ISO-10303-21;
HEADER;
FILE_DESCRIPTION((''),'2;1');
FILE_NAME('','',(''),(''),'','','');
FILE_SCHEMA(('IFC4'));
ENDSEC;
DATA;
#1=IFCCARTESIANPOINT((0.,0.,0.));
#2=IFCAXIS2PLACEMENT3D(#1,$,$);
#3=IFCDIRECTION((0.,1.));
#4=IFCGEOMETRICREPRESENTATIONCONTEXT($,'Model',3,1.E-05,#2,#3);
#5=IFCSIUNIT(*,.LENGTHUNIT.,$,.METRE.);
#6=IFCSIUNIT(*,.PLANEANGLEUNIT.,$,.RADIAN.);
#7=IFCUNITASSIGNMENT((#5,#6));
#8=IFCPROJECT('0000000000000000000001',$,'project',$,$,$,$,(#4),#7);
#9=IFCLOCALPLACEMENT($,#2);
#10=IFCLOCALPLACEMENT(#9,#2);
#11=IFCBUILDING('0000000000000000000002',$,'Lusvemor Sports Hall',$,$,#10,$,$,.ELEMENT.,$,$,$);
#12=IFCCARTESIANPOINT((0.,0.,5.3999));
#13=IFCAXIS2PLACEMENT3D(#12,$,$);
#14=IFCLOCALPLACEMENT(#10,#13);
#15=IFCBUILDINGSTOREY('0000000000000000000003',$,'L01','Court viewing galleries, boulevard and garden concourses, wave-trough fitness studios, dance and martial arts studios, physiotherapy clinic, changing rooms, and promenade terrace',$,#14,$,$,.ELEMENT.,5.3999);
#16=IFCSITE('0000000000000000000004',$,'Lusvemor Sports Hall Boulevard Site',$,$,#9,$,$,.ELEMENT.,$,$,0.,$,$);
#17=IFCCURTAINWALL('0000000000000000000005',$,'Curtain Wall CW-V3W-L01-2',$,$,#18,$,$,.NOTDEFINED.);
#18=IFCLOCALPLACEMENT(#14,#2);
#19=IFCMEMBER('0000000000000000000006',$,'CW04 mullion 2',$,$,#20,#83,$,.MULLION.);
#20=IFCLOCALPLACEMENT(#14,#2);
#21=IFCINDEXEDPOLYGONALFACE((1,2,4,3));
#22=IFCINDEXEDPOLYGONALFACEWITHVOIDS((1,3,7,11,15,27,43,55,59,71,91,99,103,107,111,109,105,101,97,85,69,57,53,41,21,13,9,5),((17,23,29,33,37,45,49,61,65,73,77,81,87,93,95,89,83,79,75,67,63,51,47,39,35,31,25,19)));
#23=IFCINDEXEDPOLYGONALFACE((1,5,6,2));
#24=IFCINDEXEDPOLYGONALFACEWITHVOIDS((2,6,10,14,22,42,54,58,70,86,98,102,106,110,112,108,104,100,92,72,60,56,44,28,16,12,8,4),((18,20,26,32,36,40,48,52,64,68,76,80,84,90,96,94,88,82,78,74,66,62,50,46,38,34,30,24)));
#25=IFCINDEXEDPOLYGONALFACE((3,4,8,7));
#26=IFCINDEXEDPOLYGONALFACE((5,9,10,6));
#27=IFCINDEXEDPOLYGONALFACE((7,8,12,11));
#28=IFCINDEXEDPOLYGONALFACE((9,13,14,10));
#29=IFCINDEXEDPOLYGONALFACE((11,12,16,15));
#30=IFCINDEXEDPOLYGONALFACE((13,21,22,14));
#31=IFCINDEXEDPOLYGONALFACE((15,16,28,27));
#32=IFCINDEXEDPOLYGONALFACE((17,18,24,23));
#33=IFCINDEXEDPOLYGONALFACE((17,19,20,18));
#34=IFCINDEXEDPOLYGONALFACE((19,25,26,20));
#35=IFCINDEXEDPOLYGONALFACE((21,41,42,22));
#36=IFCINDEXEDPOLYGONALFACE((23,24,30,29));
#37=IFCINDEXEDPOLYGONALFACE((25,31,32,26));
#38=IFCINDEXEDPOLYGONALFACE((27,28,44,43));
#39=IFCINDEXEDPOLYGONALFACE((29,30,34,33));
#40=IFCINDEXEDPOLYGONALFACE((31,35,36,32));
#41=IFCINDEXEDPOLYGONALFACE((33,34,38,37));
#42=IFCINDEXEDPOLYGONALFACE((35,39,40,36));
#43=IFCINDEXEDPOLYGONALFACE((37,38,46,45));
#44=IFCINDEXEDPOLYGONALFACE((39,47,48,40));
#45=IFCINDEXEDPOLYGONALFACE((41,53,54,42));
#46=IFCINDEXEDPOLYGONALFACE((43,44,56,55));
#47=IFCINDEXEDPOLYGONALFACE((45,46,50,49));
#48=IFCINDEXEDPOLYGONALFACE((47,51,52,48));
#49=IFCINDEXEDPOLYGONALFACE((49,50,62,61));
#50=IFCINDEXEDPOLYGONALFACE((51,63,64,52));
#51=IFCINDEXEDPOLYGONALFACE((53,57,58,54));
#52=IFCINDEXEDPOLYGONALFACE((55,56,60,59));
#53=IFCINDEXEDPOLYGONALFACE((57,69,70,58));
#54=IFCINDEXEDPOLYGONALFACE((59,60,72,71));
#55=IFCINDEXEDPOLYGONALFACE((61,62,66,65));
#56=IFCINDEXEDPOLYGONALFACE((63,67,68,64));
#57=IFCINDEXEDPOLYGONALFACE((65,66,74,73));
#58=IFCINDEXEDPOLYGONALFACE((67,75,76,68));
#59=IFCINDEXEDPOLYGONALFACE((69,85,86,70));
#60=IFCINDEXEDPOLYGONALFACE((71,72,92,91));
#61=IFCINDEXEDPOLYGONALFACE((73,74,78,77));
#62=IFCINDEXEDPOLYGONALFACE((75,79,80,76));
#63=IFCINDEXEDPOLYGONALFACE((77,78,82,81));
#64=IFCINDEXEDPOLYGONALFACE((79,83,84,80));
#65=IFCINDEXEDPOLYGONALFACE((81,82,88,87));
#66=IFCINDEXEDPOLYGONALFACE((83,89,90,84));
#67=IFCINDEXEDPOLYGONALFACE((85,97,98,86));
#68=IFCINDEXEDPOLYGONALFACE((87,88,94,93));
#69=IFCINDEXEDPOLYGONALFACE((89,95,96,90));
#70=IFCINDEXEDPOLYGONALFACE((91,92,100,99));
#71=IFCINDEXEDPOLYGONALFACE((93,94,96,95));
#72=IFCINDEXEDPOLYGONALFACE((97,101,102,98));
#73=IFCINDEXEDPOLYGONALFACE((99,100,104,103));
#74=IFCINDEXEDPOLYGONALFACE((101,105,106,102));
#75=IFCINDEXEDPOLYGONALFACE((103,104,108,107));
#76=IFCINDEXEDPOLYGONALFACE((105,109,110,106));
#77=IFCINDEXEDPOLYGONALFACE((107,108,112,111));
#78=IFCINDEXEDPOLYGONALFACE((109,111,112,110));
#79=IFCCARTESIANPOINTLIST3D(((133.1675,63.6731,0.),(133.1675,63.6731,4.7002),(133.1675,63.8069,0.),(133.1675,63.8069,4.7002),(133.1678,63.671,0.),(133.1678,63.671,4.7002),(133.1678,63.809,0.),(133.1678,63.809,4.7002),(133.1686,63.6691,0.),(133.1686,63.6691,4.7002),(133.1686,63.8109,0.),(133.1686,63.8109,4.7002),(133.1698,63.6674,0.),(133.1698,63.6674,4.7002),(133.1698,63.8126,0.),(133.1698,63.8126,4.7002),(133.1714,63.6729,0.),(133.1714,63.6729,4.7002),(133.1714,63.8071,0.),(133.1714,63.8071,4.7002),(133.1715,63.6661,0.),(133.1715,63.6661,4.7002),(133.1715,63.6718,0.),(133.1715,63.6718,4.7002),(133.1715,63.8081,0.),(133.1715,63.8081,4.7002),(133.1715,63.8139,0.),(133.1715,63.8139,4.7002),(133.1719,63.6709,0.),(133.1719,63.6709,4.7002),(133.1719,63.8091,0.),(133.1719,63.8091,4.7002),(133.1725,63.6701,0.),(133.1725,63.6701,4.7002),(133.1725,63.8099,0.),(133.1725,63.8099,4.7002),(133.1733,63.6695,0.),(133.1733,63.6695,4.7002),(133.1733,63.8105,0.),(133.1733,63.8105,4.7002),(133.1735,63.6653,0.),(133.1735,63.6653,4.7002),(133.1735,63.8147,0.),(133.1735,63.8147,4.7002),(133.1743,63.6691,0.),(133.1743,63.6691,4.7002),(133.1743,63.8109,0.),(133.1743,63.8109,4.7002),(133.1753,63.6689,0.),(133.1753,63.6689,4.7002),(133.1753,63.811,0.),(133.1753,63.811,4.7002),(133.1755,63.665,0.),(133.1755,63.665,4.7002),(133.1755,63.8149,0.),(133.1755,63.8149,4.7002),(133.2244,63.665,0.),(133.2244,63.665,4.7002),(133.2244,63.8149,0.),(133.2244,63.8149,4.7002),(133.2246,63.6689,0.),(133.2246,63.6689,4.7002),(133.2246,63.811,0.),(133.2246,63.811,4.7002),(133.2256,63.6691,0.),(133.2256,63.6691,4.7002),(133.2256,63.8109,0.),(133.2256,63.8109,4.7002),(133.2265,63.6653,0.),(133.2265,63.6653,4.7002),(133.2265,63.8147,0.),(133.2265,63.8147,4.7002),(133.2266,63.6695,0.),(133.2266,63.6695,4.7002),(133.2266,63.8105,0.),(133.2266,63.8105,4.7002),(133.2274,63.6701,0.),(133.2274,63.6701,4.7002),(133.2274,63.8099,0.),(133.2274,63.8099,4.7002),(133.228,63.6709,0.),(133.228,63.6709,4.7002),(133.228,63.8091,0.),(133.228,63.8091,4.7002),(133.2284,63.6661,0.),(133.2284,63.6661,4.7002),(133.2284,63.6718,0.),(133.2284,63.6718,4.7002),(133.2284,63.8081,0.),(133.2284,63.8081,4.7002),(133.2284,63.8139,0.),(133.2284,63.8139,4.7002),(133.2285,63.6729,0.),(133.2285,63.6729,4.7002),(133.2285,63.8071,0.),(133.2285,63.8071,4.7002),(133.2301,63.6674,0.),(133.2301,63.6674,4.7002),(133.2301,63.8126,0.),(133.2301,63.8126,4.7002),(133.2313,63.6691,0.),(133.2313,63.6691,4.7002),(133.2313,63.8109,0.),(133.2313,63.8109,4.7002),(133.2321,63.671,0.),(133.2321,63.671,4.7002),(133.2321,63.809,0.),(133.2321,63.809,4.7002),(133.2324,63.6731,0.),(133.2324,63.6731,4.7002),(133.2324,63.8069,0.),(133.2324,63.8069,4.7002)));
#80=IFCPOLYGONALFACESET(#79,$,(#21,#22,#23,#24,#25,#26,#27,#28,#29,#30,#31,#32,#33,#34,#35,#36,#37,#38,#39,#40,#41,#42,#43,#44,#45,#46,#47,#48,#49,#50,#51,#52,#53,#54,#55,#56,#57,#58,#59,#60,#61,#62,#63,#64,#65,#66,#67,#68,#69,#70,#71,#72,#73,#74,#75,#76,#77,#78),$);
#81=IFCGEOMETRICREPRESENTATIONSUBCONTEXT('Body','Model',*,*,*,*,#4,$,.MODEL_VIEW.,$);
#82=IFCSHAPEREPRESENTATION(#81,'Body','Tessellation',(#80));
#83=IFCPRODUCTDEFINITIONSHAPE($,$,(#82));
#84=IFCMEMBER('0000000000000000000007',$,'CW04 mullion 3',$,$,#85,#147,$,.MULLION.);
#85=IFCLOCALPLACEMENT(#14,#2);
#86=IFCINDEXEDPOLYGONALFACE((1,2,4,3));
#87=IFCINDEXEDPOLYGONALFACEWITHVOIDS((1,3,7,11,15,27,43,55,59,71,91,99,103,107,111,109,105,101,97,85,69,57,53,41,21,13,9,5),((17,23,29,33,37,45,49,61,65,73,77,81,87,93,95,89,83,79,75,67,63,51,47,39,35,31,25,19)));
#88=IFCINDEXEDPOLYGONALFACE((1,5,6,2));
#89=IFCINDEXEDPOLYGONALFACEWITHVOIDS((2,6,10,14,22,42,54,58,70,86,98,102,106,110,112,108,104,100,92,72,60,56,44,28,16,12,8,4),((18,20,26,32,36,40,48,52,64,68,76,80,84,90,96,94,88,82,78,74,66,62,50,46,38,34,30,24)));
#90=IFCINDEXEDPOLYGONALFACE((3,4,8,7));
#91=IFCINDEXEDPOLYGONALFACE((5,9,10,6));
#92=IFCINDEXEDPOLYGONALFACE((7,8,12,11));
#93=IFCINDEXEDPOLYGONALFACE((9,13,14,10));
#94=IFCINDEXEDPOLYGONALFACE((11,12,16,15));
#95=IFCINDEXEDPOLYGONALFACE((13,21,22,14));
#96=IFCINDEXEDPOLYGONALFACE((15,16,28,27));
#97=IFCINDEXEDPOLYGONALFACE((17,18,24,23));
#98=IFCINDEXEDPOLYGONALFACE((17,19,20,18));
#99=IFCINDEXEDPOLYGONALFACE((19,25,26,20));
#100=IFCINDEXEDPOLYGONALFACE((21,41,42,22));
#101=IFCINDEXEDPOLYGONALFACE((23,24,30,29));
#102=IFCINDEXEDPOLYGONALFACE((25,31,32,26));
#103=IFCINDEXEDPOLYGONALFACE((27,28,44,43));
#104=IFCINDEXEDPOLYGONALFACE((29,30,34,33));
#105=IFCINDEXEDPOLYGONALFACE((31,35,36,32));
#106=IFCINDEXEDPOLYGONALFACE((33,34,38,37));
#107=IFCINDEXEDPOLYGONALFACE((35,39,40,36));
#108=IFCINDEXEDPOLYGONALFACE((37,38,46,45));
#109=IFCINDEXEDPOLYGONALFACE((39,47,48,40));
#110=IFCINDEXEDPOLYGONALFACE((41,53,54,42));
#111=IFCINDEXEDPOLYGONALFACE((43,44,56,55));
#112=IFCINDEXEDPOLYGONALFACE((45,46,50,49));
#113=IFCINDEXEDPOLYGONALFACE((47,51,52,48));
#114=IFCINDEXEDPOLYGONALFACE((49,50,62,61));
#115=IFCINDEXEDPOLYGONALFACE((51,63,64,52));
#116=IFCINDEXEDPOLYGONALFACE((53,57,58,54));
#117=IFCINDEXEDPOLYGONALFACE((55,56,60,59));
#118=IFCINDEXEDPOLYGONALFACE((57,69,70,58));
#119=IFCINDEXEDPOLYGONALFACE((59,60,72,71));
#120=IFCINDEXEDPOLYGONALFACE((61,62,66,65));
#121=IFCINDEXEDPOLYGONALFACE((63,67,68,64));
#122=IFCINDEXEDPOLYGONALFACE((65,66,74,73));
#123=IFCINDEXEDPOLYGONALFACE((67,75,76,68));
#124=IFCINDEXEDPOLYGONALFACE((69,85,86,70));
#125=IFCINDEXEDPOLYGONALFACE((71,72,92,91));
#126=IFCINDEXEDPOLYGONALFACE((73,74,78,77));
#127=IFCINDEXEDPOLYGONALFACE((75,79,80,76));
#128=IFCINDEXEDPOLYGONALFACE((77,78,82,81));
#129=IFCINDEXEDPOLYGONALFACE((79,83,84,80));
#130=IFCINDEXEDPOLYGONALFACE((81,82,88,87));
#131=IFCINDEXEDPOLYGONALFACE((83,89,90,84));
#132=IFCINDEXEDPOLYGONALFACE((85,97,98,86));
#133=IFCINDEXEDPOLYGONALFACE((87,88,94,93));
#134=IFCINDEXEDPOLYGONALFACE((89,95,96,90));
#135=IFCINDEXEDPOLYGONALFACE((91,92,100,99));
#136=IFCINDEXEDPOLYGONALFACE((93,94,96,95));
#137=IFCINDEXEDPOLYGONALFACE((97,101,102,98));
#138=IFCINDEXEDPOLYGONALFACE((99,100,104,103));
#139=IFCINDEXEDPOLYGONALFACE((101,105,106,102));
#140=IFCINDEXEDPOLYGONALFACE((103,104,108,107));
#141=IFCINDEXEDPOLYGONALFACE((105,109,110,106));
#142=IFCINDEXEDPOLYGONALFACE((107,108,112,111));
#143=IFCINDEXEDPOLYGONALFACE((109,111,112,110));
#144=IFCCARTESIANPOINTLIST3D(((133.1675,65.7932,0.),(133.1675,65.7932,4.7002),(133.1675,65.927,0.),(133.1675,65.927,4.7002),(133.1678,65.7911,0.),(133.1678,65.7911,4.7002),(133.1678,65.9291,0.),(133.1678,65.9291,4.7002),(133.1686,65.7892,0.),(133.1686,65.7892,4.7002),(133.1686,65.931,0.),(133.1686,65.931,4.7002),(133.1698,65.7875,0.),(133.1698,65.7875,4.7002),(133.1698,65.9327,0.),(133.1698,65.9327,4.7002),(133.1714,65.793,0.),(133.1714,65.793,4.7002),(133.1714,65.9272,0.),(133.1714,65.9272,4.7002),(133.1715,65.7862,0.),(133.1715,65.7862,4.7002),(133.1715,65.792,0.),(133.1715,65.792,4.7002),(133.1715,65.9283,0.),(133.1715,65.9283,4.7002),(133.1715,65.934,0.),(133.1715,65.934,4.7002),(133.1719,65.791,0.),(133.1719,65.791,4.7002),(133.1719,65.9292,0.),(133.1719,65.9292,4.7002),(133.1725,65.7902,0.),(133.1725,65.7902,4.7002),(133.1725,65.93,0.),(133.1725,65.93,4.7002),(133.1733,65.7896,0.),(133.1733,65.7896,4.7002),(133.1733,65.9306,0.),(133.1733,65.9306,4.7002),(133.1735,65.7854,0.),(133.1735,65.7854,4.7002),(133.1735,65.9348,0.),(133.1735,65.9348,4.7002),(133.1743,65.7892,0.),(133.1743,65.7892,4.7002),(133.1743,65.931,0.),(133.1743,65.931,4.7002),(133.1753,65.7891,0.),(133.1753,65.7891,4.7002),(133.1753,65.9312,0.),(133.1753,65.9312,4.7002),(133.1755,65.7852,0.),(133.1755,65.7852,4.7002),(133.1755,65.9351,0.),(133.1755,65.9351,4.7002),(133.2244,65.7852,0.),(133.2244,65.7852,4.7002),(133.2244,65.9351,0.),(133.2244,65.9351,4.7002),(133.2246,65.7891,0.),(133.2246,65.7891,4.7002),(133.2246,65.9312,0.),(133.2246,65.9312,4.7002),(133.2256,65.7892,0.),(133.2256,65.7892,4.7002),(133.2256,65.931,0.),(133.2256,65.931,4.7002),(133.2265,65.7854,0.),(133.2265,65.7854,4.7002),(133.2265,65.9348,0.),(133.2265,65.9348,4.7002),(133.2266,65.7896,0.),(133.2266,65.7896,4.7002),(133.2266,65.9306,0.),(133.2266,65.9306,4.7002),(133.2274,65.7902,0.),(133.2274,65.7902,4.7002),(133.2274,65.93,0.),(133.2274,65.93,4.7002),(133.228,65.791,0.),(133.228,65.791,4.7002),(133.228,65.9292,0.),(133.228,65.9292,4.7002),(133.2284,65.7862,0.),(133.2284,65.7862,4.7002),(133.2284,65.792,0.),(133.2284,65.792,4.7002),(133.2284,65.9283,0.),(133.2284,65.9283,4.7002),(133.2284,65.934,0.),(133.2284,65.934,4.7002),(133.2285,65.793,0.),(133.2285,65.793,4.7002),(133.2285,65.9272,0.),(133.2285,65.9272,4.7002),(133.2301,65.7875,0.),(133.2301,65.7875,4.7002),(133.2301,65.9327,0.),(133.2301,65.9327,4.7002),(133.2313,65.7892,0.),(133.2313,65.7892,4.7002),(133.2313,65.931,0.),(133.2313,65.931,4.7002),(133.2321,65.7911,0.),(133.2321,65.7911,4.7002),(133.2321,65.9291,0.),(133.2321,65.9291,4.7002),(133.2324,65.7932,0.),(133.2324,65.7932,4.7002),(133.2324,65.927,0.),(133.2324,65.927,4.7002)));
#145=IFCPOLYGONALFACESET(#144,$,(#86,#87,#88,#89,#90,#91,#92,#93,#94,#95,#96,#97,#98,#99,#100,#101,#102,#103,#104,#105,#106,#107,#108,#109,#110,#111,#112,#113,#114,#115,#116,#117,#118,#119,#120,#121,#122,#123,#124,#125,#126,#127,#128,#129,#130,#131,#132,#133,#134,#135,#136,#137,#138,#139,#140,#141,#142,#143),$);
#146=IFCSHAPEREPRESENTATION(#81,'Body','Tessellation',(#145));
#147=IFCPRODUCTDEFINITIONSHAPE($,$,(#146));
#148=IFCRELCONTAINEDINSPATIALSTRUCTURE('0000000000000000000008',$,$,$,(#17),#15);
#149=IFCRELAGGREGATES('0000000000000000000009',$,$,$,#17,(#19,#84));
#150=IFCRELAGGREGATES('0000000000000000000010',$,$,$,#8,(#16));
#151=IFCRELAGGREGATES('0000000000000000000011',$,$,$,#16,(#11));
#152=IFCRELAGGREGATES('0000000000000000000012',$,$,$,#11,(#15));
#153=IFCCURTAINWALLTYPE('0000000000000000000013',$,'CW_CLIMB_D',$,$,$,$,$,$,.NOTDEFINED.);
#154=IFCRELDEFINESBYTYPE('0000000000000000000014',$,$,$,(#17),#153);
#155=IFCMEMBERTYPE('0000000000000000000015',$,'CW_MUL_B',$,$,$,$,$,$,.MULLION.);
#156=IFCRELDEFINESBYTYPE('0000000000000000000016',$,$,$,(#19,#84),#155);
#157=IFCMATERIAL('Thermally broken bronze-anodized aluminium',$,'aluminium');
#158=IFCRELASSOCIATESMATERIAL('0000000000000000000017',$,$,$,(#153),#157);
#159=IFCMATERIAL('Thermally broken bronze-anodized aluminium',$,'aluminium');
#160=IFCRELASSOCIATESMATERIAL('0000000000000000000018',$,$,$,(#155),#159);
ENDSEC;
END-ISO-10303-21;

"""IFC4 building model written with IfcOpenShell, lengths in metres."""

from ifc_helpers import new_model, si_unit, direction, frame, origin, origin_2d, place, context, subcontext, project, spatial, hollow_rectangle, extrude, material, material_profile, profile_set, type_object, element, aggregate, save


model = new_model("IFC4")

# Units and contexts
model_context = context("Model", 3, precision=1e-05, world=origin(), true_north=direction((0.0, 1.0)))
body_context = subcontext(model_context, "Body", "Model", "MODEL_VIEW")
ifc_project = project(units=[si_unit("LENGTHUNIT", "METRE"), si_unit("PLANEANGLEUNIT", "RADIAN")], contexts=[model_context])

# Site, building, storey
site_placement = place(None, origin())
site = spatial("IfcSite", under=ifc_project, at=site_placement, Name="Lusvemor Sports Hall Boulevard Site", CompositionType="ELEMENT", RefElevation=0.0)
building_placement = place(site_placement, origin())
building = spatial("IfcBuilding", under=site, at=building_placement, Name="Lusvemor Sports Hall", CompositionType="ELEMENT")
storey_placement = place(building_placement, frame((0.0, 0.0, 5.3999)))
storey = spatial("IfcBuildingStorey", under=building, at=storey_placement, Name="L01", Description="Court viewing galleries, boulevard and garden concourses, wave-trough fitness studios, dance and martial arts studios, physiotherapy clinic, changing rooms, and promenade terrace", CompositionType="ELEMENT", Elevation=5.3999)

# Shared definitions
ifc_material_1 = material(Name="Thermally broken bronze-anodized aluminium", Category="aluminium")
curtain_wall_type = type_object("IfcCurtainWallType", Name="CW_CLIMB_D", PredefinedType="NOTDEFINED", material=ifc_material_1)
ifc_material_2 = material(Name="Thermally broken bronze-anodized aluminium", Category="aluminium")
ifc_material_profile_1 = material_profile(ifc_material_2, hollow_rectangle(XDim=0.0649, YDim=0.1499, WallThickness=0.0039, InnerFilletRadius=0.0039, OuterFilletRadius=0.0081, at=origin_2d()), Name="CWMUL150x65x4")
ifc_profile_set_1 = profile_set([ifc_material_profile_1], Name="Thermally broken bronze-anodized aluminium")
member_type_1 = type_object("IfcMemberType", Name="CW_MUL_B", PredefinedType="MULLION", material=ifc_profile_set_1)

# Curtain wall, members
curtain_wall_1_placement = place(storey_placement, origin())
curtain_wall_1 = element("IfcCurtainWall", 1, at=curtain_wall_1_placement, inside=storey, type_object=curtain_wall_type, Name="Curtain Wall CW-V3W-L01-2", PredefinedType="NOTDEFINED")
member_1_placement = place(storey_placement, frame((133.2, 63.74, 0.0), z_axis=(0.0, 0.0, 1.0), x_axis=(-1.0, 0.0, 0.0)))
member_1 = element("IfcMember", 2, at=member_1_placement, type_object=member_type_1, Name="CW04 mullion 2", PredefinedType="MULLION", context=body_context, shape_type="SweptSolid", body=[
    extrude(hollow_rectangle(XDim=0.0649, YDim=0.1499, WallThickness=0.0039, InnerFilletRadius=0.0039, OuterFilletRadius=0.0081, at=origin_2d()), origin(), (0.0, 0.0, 1.0), 4.7002),
])
member_2_placement = place(storey_placement, frame((133.2, 65.8601, 0.0), z_axis=(0.0, 0.0, 1.0), x_axis=(-1.0, 0.0, 0.0)))
member_2 = element("IfcMember", 3, at=member_2_placement, type_object=member_type_1, Name="CW04 mullion 3", PredefinedType="MULLION", context=body_context, shape_type="SweptSolid", body=[
    extrude(hollow_rectangle(XDim=0.0649, YDim=0.1499, WallThickness=0.0039, InnerFilletRadius=0.0039, OuterFilletRadius=0.0081, at=origin_2d()), origin(), (0.0, 0.0, 1.0), 4.7002),
])

aggregate(curtain_wall_1, [member_1, member_2])

save(model, "model.ifc")
